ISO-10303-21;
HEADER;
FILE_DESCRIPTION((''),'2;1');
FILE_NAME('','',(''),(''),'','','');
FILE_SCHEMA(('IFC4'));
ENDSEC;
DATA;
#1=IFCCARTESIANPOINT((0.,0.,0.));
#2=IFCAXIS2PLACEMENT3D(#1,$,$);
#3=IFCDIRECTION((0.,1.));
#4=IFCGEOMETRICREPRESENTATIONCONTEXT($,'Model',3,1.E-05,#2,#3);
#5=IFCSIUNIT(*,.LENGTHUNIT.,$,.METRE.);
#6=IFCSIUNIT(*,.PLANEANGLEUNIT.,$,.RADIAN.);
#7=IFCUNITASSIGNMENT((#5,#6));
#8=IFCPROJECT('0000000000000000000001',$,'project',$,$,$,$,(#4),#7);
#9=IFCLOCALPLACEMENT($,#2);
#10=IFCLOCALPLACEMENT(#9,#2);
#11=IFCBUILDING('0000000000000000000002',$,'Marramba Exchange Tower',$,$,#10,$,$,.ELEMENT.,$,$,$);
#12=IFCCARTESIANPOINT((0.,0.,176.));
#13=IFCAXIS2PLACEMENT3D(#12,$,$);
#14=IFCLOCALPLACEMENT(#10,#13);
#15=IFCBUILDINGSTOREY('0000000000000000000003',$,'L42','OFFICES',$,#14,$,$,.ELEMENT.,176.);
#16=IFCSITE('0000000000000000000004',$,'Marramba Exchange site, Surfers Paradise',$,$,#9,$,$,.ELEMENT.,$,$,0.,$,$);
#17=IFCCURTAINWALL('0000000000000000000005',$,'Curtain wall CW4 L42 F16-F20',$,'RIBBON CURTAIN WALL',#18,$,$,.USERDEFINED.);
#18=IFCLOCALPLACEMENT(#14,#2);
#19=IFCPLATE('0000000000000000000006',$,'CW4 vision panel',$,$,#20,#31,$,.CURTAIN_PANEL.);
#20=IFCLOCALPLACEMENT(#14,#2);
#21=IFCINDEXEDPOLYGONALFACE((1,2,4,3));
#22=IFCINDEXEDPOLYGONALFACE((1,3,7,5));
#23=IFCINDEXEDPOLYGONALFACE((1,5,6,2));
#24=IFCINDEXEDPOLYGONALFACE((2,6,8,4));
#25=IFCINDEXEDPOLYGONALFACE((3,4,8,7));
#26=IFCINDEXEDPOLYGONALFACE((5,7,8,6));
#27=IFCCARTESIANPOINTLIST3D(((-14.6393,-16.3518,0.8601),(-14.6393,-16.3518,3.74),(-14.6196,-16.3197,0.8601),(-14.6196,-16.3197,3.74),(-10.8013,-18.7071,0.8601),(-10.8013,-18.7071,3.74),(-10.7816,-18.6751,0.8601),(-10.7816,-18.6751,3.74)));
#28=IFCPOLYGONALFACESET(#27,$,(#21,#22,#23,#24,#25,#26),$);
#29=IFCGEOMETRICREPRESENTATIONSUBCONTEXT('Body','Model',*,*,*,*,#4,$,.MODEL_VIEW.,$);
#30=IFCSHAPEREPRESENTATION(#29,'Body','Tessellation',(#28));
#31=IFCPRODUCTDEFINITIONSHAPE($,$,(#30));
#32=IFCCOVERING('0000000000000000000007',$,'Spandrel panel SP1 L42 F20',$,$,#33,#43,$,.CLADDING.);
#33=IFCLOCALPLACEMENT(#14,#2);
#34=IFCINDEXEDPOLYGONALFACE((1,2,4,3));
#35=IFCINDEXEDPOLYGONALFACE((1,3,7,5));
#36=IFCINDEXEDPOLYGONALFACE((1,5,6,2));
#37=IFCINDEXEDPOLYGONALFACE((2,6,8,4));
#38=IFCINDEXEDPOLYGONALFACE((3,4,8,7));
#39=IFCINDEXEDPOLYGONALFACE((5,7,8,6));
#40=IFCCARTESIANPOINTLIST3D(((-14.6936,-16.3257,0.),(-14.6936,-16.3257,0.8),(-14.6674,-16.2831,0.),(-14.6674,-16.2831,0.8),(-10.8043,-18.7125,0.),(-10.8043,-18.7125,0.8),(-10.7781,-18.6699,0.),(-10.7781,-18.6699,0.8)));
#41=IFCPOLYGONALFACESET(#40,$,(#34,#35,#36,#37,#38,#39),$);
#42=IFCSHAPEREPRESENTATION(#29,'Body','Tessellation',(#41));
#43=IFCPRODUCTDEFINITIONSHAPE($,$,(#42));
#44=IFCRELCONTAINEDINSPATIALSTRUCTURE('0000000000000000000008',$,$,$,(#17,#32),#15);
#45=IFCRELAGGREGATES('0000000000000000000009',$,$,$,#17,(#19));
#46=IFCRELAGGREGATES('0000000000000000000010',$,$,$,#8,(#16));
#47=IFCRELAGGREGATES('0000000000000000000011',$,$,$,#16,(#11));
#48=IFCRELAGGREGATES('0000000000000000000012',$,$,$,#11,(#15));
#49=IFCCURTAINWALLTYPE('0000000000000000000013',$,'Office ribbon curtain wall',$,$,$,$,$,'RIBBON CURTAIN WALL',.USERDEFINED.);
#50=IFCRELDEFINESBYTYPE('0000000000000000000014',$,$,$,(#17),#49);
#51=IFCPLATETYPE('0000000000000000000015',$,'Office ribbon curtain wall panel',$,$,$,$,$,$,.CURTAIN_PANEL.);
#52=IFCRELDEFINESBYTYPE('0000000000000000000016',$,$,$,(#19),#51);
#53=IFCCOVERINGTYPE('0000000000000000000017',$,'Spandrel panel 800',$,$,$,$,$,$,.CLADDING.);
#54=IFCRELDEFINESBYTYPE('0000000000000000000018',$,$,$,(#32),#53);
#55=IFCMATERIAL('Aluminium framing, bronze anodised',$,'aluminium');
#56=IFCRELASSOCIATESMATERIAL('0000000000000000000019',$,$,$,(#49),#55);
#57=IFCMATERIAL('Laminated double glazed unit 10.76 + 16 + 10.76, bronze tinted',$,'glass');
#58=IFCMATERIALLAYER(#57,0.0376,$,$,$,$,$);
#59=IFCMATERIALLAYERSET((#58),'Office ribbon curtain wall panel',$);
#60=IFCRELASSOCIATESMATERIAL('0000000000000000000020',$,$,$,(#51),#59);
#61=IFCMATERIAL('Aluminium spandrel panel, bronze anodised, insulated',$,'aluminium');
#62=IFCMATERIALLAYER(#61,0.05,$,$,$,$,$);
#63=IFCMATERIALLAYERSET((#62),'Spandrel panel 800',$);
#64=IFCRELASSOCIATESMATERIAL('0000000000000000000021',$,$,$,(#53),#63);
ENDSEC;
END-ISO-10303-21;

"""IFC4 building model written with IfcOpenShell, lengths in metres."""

from ifc_helpers import new_model, si_unit, direction, frame, origin, origin_2d, place, context, subcontext, project, spatial, rectangle, extrude, material, layer, layer_set, type_object, element, aggregate, save


model = new_model("IFC4")

# Units and contexts
model_context = context("Model", 3, precision=1e-05, world=origin(), true_north=direction((0.0, 1.0)))
body_context = subcontext(model_context, "Body", "Model", "MODEL_VIEW")
ifc_project = project(units=[si_unit("LENGTHUNIT", "METRE"), si_unit("PLANEANGLEUNIT", "RADIAN")], contexts=[model_context])

# Site, building, storey
site_placement = place(None, origin())
site = spatial("IfcSite", under=ifc_project, at=site_placement, Name="Marramba Exchange site, Surfers Paradise", CompositionType="ELEMENT", RefElevation=0.0)
building_placement = place(site_placement, origin())
building = spatial("IfcBuilding", under=site, at=building_placement, Name="Marramba Exchange Tower", CompositionType="ELEMENT")
storey_placement = place(building_placement, frame((0.0, 0.0, 176.0)))
storey = spatial("IfcBuildingStorey", under=building, at=storey_placement, Name="L42", Description="OFFICES", CompositionType="ELEMENT", Elevation=176.0)

# Curtain wall, plate
ifc_material_1 = material(Name="Aluminium framing, bronze anodised", Category="aluminium")
curtain_wall_type = type_object("IfcCurtainWallType", Name="Office ribbon curtain wall", ElementType="RIBBON CURTAIN WALL", PredefinedType="USERDEFINED", material=ifc_material_1)
curtain_wall_placement = place(storey_placement, origin())
curtain_wall = element("IfcCurtainWall", 1, at=curtain_wall_placement, inside=storey, type_object=curtain_wall_type, Name="Curtain wall CW4 L42 F16-F20", ObjectType="RIBBON CURTAIN WALL", PredefinedType="USERDEFINED")
ifc_material_2 = material(Name="Laminated double glazed unit 10.76 + 16 + 10.76, bronze tinted", Category="glass")
ifc_layer_1 = layer(ifc_material_2, 0.0376)
ifc_layer_set_1 = layer_set([ifc_layer_1], Name="Office ribbon curtain wall panel")
plate_type = type_object("IfcPlateType", Name="Office ribbon curtain wall panel", PredefinedType="CURTAIN_PANEL", material=ifc_layer_set_1)
plate_placement = place(storey_placement, frame((-12.7104, -17.5134, 0.8601), z_axis=(0.0, 0.0, 1.0), x_axis=(0.852301, -0.523052, 0.0)))
plate = element("IfcPlate", 2, at=plate_placement, type_object=plate_type, Name="CW4 vision panel", PredefinedType="CURTAIN_PANEL", context=body_context, shape_type="SweptSolid", body=[
    extrude(rectangle(XDim=4.5032, YDim=0.0376, at=origin_2d()), origin(), (0.0, 0.0, 1.0), 2.8799),
])
aggregate(curtain_wall, [plate])

# Covering
ifc_material_3 = material(Name="Aluminium spandrel panel, bronze anodised, insulated", Category="aluminium")
ifc_layer_2 = layer(ifc_material_3, 0.05)
ifc_layer_set_2 = layer_set([ifc_layer_2], Name="Spandrel panel 800")
covering_type = type_object("IfcCoveringType", Name="Spandrel panel 800", PredefinedType="CLADDING", material=ifc_layer_set_2)
covering_placement = place(storey_placement, frame((-12.7358, -17.4978, 0.0), z_axis=(0.0, 0.0, 1.0), x_axis=(0.852301, -0.523052, 0.0)))
element("IfcCovering", 3, at=covering_placement, inside=storey, type_object=covering_type, Name="Spandrel panel SP1 L42 F20", PredefinedType="CLADDING", context=body_context, shape_type="SweptSolid", body=[
    extrude(rectangle(XDim=4.5632, YDim=0.05, at=origin_2d()), origin(), (0.0, 0.0, 1.0), 0.8),
])

save(model, "model.ifc")
